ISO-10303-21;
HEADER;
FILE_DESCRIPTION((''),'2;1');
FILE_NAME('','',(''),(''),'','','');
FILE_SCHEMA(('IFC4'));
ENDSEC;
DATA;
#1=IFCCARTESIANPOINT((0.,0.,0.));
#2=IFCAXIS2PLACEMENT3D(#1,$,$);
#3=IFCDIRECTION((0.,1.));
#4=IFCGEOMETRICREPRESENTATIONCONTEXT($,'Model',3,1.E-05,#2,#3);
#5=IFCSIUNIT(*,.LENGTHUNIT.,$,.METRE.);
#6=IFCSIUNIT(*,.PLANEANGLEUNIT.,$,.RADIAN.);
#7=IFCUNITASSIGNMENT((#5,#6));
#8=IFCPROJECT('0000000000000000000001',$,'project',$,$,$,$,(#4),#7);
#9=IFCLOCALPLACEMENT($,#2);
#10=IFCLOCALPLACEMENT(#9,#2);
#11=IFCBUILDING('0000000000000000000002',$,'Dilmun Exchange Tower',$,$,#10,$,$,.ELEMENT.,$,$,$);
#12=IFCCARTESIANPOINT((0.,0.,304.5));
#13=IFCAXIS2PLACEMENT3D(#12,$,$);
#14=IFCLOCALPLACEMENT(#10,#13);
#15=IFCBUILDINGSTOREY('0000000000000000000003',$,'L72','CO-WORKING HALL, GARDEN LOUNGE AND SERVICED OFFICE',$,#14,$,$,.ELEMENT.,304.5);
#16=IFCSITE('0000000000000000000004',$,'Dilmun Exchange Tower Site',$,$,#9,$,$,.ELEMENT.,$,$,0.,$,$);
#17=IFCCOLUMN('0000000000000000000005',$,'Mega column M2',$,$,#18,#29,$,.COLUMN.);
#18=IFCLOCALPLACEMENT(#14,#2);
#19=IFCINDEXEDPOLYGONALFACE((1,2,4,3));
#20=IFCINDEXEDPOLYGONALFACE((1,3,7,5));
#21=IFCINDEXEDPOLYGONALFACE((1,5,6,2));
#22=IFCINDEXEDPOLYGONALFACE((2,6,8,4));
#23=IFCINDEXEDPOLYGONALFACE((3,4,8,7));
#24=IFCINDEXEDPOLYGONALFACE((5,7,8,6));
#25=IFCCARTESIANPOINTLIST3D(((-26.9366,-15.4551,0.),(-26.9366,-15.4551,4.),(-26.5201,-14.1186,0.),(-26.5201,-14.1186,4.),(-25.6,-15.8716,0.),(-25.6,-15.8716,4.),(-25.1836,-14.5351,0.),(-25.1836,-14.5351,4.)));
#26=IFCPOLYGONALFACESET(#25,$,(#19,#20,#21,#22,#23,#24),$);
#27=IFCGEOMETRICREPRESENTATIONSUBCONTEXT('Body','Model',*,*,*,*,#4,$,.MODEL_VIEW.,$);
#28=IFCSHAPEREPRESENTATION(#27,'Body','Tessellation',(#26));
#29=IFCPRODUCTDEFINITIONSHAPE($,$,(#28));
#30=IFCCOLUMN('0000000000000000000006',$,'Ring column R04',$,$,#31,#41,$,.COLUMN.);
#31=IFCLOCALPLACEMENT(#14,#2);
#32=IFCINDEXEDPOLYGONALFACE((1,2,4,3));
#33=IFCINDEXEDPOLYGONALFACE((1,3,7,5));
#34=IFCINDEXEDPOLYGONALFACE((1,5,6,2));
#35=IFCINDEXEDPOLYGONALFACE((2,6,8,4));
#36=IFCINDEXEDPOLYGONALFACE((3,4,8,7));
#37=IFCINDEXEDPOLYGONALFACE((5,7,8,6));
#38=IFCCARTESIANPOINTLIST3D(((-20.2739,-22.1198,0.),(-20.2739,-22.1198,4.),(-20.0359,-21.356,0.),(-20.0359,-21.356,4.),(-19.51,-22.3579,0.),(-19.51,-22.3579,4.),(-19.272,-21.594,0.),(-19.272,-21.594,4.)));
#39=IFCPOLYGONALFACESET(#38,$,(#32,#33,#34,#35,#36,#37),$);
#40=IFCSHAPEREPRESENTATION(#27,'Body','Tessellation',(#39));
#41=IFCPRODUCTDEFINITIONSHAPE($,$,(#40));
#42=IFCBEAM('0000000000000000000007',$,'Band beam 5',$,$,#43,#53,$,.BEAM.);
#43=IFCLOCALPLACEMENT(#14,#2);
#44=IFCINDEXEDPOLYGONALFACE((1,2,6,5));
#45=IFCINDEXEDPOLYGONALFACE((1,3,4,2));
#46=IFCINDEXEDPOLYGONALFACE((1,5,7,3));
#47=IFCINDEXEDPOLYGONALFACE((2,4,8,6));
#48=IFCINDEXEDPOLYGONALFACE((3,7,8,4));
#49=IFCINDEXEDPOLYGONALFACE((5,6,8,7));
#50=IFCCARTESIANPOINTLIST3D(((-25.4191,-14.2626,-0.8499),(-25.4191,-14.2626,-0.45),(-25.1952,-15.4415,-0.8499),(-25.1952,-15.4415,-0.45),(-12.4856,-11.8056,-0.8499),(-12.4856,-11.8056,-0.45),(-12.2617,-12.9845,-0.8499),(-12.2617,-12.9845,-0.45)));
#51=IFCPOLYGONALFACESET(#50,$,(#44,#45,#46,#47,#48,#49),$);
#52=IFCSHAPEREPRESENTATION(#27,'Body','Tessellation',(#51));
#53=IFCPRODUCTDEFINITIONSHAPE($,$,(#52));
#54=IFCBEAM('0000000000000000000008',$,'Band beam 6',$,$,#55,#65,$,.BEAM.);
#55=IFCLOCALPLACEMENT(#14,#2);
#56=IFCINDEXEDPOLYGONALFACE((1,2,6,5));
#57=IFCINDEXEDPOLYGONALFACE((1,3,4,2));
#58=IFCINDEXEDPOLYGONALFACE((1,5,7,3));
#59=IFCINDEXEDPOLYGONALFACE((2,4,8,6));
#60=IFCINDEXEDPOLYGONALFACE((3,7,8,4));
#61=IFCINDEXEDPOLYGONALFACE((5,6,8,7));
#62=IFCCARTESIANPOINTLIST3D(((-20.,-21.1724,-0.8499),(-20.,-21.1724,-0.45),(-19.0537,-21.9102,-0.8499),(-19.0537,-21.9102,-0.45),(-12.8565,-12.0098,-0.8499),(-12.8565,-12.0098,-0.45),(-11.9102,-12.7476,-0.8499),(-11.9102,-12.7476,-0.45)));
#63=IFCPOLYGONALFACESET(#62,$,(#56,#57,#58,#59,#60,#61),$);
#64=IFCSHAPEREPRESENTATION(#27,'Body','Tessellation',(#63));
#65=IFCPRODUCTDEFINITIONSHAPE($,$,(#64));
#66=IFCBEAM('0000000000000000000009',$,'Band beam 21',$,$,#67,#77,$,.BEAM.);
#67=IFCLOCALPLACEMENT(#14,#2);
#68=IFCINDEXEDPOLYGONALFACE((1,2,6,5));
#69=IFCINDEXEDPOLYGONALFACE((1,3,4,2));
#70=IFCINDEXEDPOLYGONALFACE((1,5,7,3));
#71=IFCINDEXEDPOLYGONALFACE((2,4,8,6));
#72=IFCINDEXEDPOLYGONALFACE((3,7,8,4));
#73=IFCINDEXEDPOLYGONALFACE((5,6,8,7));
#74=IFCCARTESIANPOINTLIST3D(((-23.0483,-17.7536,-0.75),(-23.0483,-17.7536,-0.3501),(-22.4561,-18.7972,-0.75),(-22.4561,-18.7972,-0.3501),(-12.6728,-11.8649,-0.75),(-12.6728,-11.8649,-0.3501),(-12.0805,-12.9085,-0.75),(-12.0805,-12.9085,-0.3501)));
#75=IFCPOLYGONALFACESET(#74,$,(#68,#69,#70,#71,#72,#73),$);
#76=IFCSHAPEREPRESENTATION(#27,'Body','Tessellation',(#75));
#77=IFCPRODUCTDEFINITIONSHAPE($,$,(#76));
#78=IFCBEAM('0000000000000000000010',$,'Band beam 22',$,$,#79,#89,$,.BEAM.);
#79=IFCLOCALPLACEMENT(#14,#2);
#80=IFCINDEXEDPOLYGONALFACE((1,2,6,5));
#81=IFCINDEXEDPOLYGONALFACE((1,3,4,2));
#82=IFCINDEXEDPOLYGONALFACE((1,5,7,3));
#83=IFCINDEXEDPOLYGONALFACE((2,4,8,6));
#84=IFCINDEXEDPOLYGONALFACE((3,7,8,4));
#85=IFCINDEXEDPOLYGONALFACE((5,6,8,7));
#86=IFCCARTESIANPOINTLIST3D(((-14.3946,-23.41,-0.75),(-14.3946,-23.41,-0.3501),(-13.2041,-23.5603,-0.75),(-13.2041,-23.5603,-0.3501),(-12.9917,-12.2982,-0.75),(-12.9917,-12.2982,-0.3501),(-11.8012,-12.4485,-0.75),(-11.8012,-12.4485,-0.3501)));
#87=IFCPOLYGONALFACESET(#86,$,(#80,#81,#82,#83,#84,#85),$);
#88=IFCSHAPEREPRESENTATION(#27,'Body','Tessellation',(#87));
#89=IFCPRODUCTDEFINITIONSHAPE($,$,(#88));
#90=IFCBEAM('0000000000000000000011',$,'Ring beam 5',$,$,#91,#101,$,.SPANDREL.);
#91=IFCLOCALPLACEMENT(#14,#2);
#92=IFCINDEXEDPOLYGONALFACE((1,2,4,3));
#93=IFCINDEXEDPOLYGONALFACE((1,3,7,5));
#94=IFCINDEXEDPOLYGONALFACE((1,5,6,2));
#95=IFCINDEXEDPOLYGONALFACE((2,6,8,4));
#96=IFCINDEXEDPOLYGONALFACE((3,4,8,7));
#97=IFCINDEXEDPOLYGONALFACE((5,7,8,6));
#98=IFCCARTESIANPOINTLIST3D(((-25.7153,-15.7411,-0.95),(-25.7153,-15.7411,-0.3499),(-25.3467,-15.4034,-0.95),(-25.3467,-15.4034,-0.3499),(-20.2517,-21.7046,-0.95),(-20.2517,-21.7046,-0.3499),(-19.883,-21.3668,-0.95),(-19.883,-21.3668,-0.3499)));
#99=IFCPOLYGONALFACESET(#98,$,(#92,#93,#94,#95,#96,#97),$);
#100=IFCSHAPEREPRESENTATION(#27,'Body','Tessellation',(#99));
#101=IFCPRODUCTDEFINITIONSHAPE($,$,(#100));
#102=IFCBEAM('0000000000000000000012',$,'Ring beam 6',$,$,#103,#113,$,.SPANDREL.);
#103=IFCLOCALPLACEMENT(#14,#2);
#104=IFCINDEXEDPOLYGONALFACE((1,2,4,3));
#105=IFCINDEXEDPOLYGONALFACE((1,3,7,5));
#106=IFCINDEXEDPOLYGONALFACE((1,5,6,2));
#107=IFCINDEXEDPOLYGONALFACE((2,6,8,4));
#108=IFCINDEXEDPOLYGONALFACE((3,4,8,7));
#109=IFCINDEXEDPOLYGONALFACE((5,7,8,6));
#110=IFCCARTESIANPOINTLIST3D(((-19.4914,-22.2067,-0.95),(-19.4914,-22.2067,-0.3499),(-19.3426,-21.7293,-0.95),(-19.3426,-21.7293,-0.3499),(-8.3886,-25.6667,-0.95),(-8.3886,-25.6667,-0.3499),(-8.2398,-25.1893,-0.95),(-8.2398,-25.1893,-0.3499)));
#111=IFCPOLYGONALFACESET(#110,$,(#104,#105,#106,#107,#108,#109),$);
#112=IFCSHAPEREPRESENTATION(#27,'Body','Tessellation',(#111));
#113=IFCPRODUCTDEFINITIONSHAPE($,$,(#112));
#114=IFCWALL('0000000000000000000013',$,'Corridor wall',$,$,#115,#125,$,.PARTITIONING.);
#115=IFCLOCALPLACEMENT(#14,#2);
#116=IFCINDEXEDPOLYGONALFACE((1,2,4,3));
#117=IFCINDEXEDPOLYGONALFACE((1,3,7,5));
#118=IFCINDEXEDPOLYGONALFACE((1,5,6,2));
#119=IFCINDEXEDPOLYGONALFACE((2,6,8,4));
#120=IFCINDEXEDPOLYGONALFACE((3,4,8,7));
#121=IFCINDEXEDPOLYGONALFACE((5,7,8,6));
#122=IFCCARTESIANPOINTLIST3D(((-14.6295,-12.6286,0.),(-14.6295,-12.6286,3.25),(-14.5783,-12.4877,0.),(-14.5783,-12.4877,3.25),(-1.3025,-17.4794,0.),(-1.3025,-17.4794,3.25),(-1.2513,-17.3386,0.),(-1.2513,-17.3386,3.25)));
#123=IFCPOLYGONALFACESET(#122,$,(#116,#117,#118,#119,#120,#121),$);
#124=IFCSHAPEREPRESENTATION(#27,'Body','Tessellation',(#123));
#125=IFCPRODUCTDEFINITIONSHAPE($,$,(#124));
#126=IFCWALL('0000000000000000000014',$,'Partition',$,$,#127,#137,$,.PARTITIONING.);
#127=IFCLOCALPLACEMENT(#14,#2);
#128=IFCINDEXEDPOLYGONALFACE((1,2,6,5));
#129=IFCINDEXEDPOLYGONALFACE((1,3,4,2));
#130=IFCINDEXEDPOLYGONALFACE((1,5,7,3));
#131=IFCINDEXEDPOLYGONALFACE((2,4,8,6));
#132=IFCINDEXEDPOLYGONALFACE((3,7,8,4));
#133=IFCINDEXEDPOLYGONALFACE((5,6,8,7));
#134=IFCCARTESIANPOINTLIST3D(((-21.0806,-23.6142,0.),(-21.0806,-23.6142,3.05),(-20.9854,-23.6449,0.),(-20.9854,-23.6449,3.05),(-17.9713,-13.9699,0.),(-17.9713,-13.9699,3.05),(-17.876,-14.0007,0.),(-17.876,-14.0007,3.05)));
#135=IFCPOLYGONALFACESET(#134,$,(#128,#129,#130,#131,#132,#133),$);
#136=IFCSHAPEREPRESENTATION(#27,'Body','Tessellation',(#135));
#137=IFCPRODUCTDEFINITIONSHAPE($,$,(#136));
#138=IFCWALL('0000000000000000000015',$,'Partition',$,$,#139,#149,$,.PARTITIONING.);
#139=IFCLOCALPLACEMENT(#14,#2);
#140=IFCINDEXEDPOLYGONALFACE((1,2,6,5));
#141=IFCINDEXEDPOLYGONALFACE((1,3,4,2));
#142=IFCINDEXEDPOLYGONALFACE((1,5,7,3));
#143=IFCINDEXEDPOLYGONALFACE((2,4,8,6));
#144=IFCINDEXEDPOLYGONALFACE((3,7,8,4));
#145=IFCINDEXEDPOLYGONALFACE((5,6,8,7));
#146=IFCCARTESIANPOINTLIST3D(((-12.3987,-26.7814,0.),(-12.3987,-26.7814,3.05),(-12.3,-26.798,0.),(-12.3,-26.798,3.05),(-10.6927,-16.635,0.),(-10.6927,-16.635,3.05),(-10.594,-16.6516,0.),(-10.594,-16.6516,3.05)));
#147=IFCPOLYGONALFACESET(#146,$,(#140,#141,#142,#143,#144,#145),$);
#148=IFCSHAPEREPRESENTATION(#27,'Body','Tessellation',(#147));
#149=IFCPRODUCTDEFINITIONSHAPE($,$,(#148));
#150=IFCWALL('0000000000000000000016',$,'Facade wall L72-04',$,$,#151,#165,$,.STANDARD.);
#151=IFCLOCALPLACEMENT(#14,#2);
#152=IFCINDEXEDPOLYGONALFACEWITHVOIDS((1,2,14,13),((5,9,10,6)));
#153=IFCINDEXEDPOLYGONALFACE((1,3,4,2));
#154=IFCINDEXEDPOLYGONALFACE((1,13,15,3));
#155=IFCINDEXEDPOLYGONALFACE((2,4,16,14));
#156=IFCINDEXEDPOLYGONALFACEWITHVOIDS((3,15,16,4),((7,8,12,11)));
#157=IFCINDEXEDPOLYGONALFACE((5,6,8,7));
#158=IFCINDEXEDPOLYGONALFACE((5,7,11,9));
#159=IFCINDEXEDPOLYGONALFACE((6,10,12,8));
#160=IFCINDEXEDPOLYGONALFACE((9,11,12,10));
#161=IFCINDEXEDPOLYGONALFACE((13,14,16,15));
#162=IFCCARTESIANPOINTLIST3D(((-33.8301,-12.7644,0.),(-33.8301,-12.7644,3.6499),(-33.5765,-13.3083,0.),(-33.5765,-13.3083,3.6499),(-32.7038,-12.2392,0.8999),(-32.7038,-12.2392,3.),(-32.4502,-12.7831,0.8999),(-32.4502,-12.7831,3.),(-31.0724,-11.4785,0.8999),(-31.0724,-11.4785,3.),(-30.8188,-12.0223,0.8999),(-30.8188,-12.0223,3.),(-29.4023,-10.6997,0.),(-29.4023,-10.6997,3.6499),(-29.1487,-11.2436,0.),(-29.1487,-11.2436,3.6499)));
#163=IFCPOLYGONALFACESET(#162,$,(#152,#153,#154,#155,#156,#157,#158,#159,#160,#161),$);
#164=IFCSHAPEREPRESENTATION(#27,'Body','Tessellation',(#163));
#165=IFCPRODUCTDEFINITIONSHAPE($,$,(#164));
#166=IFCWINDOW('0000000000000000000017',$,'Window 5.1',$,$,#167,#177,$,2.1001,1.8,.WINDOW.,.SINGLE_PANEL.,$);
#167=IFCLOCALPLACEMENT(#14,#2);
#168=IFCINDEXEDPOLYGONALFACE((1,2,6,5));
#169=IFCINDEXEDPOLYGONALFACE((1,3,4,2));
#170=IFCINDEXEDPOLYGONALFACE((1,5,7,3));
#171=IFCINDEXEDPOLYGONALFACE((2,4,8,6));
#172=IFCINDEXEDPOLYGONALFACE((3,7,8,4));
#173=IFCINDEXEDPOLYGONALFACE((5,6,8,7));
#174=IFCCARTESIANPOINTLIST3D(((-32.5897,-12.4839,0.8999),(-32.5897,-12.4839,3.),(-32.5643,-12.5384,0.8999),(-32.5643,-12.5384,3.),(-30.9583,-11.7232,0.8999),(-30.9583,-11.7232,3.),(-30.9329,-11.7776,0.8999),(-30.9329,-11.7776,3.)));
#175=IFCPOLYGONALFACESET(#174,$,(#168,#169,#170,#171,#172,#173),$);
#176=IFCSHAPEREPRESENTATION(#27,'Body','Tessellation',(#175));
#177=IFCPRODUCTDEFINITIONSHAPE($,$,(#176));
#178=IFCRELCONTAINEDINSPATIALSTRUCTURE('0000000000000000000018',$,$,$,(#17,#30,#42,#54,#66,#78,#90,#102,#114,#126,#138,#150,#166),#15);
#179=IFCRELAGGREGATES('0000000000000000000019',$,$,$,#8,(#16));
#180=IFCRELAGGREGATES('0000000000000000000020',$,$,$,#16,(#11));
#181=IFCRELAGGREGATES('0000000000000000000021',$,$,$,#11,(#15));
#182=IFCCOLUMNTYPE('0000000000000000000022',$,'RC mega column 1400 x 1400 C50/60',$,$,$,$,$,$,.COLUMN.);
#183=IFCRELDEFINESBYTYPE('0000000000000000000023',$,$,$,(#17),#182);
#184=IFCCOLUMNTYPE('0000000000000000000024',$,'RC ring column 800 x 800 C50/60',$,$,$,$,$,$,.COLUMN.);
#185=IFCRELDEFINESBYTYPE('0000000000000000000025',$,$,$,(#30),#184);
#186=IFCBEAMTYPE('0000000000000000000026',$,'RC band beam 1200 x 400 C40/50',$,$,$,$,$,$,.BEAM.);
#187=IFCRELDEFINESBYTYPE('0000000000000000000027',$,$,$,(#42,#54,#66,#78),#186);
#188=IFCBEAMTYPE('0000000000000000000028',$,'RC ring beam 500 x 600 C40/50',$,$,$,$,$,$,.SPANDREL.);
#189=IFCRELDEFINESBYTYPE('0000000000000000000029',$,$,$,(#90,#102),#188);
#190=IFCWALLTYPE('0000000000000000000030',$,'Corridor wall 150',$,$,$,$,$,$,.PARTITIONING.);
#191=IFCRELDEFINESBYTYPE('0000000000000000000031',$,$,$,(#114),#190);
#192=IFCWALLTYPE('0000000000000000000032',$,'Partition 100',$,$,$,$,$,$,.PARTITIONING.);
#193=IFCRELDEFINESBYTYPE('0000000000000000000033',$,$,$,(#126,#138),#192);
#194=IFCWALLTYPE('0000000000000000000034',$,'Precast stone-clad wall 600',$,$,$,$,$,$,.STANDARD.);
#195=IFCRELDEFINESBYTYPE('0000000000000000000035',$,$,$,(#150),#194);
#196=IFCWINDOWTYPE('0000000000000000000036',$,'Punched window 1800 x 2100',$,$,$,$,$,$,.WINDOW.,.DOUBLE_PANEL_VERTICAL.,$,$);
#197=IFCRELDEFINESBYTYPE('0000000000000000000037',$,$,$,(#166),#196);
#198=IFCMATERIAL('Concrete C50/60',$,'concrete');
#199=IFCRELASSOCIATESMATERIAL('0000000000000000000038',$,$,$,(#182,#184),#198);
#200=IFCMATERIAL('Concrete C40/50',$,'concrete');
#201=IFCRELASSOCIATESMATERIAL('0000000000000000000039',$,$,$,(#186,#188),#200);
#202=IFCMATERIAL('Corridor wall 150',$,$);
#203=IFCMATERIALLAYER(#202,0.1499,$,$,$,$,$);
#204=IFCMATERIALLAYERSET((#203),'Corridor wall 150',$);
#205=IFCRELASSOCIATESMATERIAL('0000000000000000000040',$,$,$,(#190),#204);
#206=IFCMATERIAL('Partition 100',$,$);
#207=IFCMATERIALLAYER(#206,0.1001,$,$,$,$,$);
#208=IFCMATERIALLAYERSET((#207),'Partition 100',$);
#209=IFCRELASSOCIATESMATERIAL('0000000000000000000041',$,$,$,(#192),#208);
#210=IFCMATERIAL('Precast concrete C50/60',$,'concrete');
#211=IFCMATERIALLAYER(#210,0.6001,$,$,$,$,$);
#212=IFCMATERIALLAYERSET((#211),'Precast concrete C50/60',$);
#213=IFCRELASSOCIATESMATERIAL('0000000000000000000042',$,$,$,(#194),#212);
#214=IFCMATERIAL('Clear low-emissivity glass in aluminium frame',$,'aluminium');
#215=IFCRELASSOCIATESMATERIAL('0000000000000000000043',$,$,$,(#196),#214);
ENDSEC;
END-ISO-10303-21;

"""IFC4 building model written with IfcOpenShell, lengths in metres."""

from ifc_helpers import new_model, si_unit, direction, frame, frame_2d, origin, origin_2d, place, context, subcontext, project, spatial, rectangle, extrude, material, layer, layer_set, material_profile, profile_set, type_object, element, fill, save


model = new_model("IFC4")

# Units and contexts
model_context = context("Model", 3, precision=1e-05, world=origin(), true_north=direction((0.0, 1.0)))
body_context = subcontext(model_context, "Body", "Model", "MODEL_VIEW")
ifc_project = project(units=[si_unit("LENGTHUNIT", "METRE"), si_unit("PLANEANGLEUNIT", "RADIAN")], contexts=[model_context])

# Site, building, storey
site_placement = place(None, origin())
site = spatial("IfcSite", under=ifc_project, at=site_placement, Name="Dilmun Exchange Tower Site", CompositionType="ELEMENT", RefElevation=0.0)
building_placement = place(site_placement, origin())
building = spatial("IfcBuilding", under=site, at=building_placement, Name="Dilmun Exchange Tower", CompositionType="ELEMENT")
storey_placement = place(building_placement, frame((0.0, 0.0, 304.5)))
storey = spatial("IfcBuildingStorey", under=building, at=storey_placement, Name="L72", Description="CO-WORKING HALL, GARDEN LOUNGE AND SERVICED OFFICE", CompositionType="ELEMENT", Elevation=304.5)

# Columns
ifc_material_1 = material(Name="Concrete C50/60", Category="concrete")
ifc_material_profile_1 = material_profile(ifc_material_1, rectangle(XDim=1.3999, YDim=1.3999, at=origin_2d()), Name="1400 x 1400")
ifc_profile_set_1 = profile_set([ifc_material_profile_1], Name="Concrete C50/60")
column_type_1 = type_object("IfcColumnType", Name="RC mega column 1400 x 1400 C50/60", PredefinedType="COLUMN", material=ifc_profile_set_1)
column_1_placement = place(storey_placement, frame((-26.0601, -14.9951, 0.0), z_axis=(0.0, 0.0, 1.0), x_axis=(0.297503, 0.954721, 0.0)))
element("IfcColumn", 1, at=column_1_placement, inside=storey, type_object=column_type_1, Name="Mega column M2", PredefinedType="COLUMN", context=body_context, shape_type="SweptSolid", body=[
    extrude(rectangle(XDim=1.3999, YDim=1.3999, at=origin_2d()), origin(), (0.0, 0.0, 1.0), 4.0),
])
ifc_material_profile_2 = material_profile(ifc_material_1, rectangle(XDim=0.8, YDim=0.8, at=origin_2d()), Name="800 x 800")
ifc_profile_set_2 = profile_set([ifc_material_profile_2], Name="Concrete C50/60")
column_type_2 = type_object("IfcColumnType", Name="RC ring column 800 x 800 C50/60", PredefinedType="COLUMN", material=ifc_profile_set_2)
column_2_placement = place(storey_placement, frame((-19.7729, -21.8569, 0.0), z_axis=(0.0, 0.0, 1.0), x_axis=(0.297503, 0.954721, 0.0)))
element("IfcColumn", 2, at=column_2_placement, inside=storey, type_object=column_type_2, Name="Ring column R04", PredefinedType="COLUMN", context=body_context, shape_type="SweptSolid", body=[
    extrude(rectangle(XDim=0.8, YDim=0.8, at=origin_2d()), origin(), (0.0, 0.0, 1.0), 4.0),
])

# Beams
ifc_material_2 = material(Name="Concrete C40/50", Category="concrete")
ifc_material_profile_3 = material_profile(ifc_material_2, rectangle(XDim=1.2, YDim=0.3999, at=origin_2d()), Name="1200 x 400")
ifc_profile_set_3 = profile_set([ifc_material_profile_3], Name="Concrete C40/50")
beam_type_1 = type_object("IfcBeamType", Name="RC band beam 1200 x 400 C40/50", PredefinedType="BEAM", material=ifc_profile_set_3)
beam_1_placement = place(storey_placement, frame((-25.3071, -14.8521, -0.6499), z_axis=(0.982429, 0.186635, 0.0), x_axis=(-0.186635, 0.982429, 0.0)))
element("IfcBeam", 3, at=beam_1_placement, inside=storey, type_object=beam_type_1, Name="Band beam 5", PredefinedType="BEAM", context=body_context, shape_type="SweptSolid", body=[
    extrude(rectangle(XDim=1.2, YDim=0.3999, at=origin_2d()), origin(), (0.0, 0.0, 1.0), 13.1648),
])
beam_2_placement = place(storey_placement, frame((-19.5269, -21.5413, -0.6499), z_axis=(0.614857, 0.788639, 0.0), x_axis=(-0.788639, 0.614857, 0.0)))
element("IfcBeam", 4, at=beam_2_placement, inside=storey, type_object=beam_type_1, Name="Band beam 6", PredefinedType="BEAM", context=body_context, shape_type="SweptSolid", body=[
    extrude(rectangle(XDim=1.2, YDim=0.3999, at=origin_2d()), origin(), (0.0, 0.0, 1.0), 11.6182),
])
beam_3_placement = place(storey_placement, frame((-22.7522, -18.2754, -0.55), z_axis=(0.86969, 0.493598, 0.0), x_axis=(-0.493598, 0.86969, 0.0)))
element("IfcBeam", 5, at=beam_3_placement, inside=storey, type_object=beam_type_1, Name="Band beam 21", PredefinedType="BEAM", context=body_context, shape_type="SweptSolid", body=[
    extrude(rectangle(XDim=1.2, YDim=0.3999, at=origin_2d()), origin(), (0.0, 0.0, 1.0), 11.9302),
])
beam_4_placement = place(storey_placement, frame((-13.7993, -23.4851, -0.55), z_axis=(0.125253, 0.992125, 0.0), x_axis=(-0.992125, 0.125253, 0.0)))
element("IfcBeam", 6, at=beam_4_placement, inside=storey, type_object=beam_type_1, Name="Band beam 22", PredefinedType="BEAM", context=body_context, shape_type="SweptSolid", body=[
    extrude(rectangle(XDim=1.2, YDim=0.3999, at=origin_2d()), origin(), (0.0, 0.0, 1.0), 11.2),
])
ifc_material_profile_4 = material_profile(ifc_material_2, rectangle(XDim=0.5, YDim=0.6001, at=origin_2d()), Name="500 x 600")
ifc_profile_set_4 = profile_set([ifc_material_profile_4], Name="Concrete C40/50")
beam_type_2 = type_object("IfcBeamType", Name="RC ring beam 500 x 600 C40/50", PredefinedType="SPANDREL", material=ifc_profile_set_4)
beam_5_placement = place(storey_placement, frame((-25.531, -15.5723, -0.6499), z_axis=(0.675536, -0.737327, 0.0), x_axis=(0.737327, 0.675536, 0.0)))
element("IfcBeam", 7, at=beam_5_placement, inside=storey, type_object=beam_type_2, Name="Ring beam 5", PredefinedType="SPANDREL", context=body_context, shape_type="SweptSolid", body=[
    extrude(rectangle(XDim=0.5, YDim=0.6001, at=origin_2d()), origin(), (0.0, 0.0, 1.0), 8.0879),
])
beam_6_placement = place(storey_placement, frame((-19.417, -21.968, -0.6499), z_axis=(0.954716, -0.297518, 0.0), x_axis=(0.297518, 0.954716, 0.0)))
element("IfcBeam", 8, at=beam_6_placement, inside=storey, type_object=beam_type_2, Name="Ring beam 6", PredefinedType="SPANDREL", context=body_context, shape_type="SweptSolid", body=[
    extrude(rectangle(XDim=0.5, YDim=0.6001, at=origin_2d()), origin(), (0.0, 0.0, 1.0), 11.6294),
])

# Walls
ifc_material_3 = material(Name="Corridor wall 150")
ifc_layer_1 = layer(ifc_material_3, 0.1499)
ifc_layer_set_1 = layer_set([ifc_layer_1], Name="Corridor wall 150")
wall_type_1 = type_object("IfcWallType", Name="Corridor wall 150", PredefinedType="PARTITIONING", material=ifc_layer_set_1)
wall_1_placement = place(storey_placement, frame((-14.604, -12.5581, 0.0), z_axis=(0.0, 0.0, 1.0), x_axis=(0.939687, -0.342035, 0.0)))
element("IfcWall", 9, at=wall_1_placement, inside=storey, type_object=wall_type_1, Name="Corridor wall", PredefinedType="PARTITIONING", context=body_context, shape_type="SweptSolid", body=[
    extrude(rectangle(XDim=14.1824, YDim=0.1499, at=frame_2d((7.0913, 0.0))), origin(), (0.0, 0.0, 1.0), 3.25),
])
ifc_material_4 = material(Name="Partition 100")
ifc_layer_2 = layer(ifc_material_4, 0.1001)
ifc_layer_set_2 = layer_set([ifc_layer_2], Name="Partition 100")
wall_type_2 = type_object("IfcWallType", Name="Partition 100", PredefinedType="PARTITIONING", material=ifc_layer_set_2)
wall_2_placement = place(storey_placement, frame((-21.033, -23.6294, 0.0), z_axis=(0.0, 0.0, 1.0), x_axis=(0.306852, 0.951757, 0.0)))
element("IfcWall", 10, at=wall_2_placement, inside=storey, type_object=wall_type_2, Name="Partition", PredefinedType="PARTITIONING", context=body_context, shape_type="SweptSolid", body=[
    extrude(rectangle(XDim=10.1331, YDim=0.1001, at=frame_2d((5.0664, 0.0))), origin(), (0.0, 0.0, 1.0), 3.05),
])
wall_3_placement = place(storey_placement, frame((-12.3494, -26.7898, 0.0), z_axis=(0.0, 0.0, 1.0), x_axis=(0.165815, 0.986157, 0.0)))
element("IfcWall", 11, at=wall_3_placement, inside=storey, type_object=wall_type_2, Name="Partition", PredefinedType="PARTITIONING", context=body_context, shape_type="SweptSolid", body=[
    extrude(rectangle(XDim=10.2888, YDim=0.1001, at=frame_2d((5.1445, 0.0))), origin(), (0.0, 0.0, 1.0), 3.05),
])

# Wall, opening, window
ifc_material_5 = material(Name="Precast concrete C50/60", Category="concrete")
ifc_layer_3 = layer(ifc_material_5, 0.6001)
ifc_layer_set_3 = layer_set([ifc_layer_3], Name="Precast concrete C50/60")
wall_type_3 = type_object("IfcWallType", Name="Precast stone-clad wall 600", PredefinedType="STANDARD", material=ifc_layer_set_3)
wall_4_placement = place(storey_placement, frame((-33.7034, -13.0364, 0.0), z_axis=(0.0, 0.0, 1.0), x_axis=(0.906307, 0.42262, 0.0)))
wall_4 = element("IfcWall", 12, at=wall_4_placement, inside=storey, type_object=wall_type_3, Name="Facade wall L72-04", PredefinedType="STANDARD", context=body_context, shape_type="SweptSolid", body=[
    extrude(rectangle(XDim=4.8855, YDim=0.6001, at=frame_2d((2.4429, 0.0))), origin(), (0.0, 0.0, 1.0), 3.6499),
])
opening_1_placement = place(wall_4_placement, frame((1.2429, 0.0, 0.8999)))
opening_1 = element("IfcOpeningElement", 13, at=opening_1_placement, cuts=wall_4, PredefinedType="OPENING", context=body_context, shape_type="SweptSolid", body=[
    extrude(rectangle(XDim=1.8, YDim=2.1001, at=frame_2d((0.8999, 1.05))), frame((0.0, 0.3101, 0.0), z_axis=(0.0, -1.0, 0.0), x_axis=(1.0, 0.0, 0.0)), (0.0, 0.0, 1.0), 0.6201),
])
ifc_material_6 = material(Name="Clear low-emissivity glass in aluminium frame", Category="aluminium")
window_type_1 = type_object("IfcWindowType", Name="Punched window 1800 x 2100", PartitioningType="DOUBLE_PANEL_VERTICAL", PredefinedType="WINDOW", material=ifc_material_6)
window_1_placement = place(opening_1_placement, origin())
window_1 = element("IfcWindow", 14, at=window_1_placement, inside=storey, type_object=window_type_1, Name="Window 5.1", OverallHeight=2.1001, OverallWidth=1.8, PartitioningType="SINGLE_PANEL", PredefinedType="WINDOW", context=body_context, shape_type="SweptSolid", body=[
    extrude(rectangle(XDim=1.8, YDim=2.1001, at=frame_2d((0.8999, 1.05))), frame((0.0, 0.03, 0.0), z_axis=(0.0, -1.0, 0.0), x_axis=(1.0, 0.0, 0.0)), (0.0, 0.0, 1.0), 0.0601),
])
fill(opening_1, window_1)

save(model, "model.ifc")
